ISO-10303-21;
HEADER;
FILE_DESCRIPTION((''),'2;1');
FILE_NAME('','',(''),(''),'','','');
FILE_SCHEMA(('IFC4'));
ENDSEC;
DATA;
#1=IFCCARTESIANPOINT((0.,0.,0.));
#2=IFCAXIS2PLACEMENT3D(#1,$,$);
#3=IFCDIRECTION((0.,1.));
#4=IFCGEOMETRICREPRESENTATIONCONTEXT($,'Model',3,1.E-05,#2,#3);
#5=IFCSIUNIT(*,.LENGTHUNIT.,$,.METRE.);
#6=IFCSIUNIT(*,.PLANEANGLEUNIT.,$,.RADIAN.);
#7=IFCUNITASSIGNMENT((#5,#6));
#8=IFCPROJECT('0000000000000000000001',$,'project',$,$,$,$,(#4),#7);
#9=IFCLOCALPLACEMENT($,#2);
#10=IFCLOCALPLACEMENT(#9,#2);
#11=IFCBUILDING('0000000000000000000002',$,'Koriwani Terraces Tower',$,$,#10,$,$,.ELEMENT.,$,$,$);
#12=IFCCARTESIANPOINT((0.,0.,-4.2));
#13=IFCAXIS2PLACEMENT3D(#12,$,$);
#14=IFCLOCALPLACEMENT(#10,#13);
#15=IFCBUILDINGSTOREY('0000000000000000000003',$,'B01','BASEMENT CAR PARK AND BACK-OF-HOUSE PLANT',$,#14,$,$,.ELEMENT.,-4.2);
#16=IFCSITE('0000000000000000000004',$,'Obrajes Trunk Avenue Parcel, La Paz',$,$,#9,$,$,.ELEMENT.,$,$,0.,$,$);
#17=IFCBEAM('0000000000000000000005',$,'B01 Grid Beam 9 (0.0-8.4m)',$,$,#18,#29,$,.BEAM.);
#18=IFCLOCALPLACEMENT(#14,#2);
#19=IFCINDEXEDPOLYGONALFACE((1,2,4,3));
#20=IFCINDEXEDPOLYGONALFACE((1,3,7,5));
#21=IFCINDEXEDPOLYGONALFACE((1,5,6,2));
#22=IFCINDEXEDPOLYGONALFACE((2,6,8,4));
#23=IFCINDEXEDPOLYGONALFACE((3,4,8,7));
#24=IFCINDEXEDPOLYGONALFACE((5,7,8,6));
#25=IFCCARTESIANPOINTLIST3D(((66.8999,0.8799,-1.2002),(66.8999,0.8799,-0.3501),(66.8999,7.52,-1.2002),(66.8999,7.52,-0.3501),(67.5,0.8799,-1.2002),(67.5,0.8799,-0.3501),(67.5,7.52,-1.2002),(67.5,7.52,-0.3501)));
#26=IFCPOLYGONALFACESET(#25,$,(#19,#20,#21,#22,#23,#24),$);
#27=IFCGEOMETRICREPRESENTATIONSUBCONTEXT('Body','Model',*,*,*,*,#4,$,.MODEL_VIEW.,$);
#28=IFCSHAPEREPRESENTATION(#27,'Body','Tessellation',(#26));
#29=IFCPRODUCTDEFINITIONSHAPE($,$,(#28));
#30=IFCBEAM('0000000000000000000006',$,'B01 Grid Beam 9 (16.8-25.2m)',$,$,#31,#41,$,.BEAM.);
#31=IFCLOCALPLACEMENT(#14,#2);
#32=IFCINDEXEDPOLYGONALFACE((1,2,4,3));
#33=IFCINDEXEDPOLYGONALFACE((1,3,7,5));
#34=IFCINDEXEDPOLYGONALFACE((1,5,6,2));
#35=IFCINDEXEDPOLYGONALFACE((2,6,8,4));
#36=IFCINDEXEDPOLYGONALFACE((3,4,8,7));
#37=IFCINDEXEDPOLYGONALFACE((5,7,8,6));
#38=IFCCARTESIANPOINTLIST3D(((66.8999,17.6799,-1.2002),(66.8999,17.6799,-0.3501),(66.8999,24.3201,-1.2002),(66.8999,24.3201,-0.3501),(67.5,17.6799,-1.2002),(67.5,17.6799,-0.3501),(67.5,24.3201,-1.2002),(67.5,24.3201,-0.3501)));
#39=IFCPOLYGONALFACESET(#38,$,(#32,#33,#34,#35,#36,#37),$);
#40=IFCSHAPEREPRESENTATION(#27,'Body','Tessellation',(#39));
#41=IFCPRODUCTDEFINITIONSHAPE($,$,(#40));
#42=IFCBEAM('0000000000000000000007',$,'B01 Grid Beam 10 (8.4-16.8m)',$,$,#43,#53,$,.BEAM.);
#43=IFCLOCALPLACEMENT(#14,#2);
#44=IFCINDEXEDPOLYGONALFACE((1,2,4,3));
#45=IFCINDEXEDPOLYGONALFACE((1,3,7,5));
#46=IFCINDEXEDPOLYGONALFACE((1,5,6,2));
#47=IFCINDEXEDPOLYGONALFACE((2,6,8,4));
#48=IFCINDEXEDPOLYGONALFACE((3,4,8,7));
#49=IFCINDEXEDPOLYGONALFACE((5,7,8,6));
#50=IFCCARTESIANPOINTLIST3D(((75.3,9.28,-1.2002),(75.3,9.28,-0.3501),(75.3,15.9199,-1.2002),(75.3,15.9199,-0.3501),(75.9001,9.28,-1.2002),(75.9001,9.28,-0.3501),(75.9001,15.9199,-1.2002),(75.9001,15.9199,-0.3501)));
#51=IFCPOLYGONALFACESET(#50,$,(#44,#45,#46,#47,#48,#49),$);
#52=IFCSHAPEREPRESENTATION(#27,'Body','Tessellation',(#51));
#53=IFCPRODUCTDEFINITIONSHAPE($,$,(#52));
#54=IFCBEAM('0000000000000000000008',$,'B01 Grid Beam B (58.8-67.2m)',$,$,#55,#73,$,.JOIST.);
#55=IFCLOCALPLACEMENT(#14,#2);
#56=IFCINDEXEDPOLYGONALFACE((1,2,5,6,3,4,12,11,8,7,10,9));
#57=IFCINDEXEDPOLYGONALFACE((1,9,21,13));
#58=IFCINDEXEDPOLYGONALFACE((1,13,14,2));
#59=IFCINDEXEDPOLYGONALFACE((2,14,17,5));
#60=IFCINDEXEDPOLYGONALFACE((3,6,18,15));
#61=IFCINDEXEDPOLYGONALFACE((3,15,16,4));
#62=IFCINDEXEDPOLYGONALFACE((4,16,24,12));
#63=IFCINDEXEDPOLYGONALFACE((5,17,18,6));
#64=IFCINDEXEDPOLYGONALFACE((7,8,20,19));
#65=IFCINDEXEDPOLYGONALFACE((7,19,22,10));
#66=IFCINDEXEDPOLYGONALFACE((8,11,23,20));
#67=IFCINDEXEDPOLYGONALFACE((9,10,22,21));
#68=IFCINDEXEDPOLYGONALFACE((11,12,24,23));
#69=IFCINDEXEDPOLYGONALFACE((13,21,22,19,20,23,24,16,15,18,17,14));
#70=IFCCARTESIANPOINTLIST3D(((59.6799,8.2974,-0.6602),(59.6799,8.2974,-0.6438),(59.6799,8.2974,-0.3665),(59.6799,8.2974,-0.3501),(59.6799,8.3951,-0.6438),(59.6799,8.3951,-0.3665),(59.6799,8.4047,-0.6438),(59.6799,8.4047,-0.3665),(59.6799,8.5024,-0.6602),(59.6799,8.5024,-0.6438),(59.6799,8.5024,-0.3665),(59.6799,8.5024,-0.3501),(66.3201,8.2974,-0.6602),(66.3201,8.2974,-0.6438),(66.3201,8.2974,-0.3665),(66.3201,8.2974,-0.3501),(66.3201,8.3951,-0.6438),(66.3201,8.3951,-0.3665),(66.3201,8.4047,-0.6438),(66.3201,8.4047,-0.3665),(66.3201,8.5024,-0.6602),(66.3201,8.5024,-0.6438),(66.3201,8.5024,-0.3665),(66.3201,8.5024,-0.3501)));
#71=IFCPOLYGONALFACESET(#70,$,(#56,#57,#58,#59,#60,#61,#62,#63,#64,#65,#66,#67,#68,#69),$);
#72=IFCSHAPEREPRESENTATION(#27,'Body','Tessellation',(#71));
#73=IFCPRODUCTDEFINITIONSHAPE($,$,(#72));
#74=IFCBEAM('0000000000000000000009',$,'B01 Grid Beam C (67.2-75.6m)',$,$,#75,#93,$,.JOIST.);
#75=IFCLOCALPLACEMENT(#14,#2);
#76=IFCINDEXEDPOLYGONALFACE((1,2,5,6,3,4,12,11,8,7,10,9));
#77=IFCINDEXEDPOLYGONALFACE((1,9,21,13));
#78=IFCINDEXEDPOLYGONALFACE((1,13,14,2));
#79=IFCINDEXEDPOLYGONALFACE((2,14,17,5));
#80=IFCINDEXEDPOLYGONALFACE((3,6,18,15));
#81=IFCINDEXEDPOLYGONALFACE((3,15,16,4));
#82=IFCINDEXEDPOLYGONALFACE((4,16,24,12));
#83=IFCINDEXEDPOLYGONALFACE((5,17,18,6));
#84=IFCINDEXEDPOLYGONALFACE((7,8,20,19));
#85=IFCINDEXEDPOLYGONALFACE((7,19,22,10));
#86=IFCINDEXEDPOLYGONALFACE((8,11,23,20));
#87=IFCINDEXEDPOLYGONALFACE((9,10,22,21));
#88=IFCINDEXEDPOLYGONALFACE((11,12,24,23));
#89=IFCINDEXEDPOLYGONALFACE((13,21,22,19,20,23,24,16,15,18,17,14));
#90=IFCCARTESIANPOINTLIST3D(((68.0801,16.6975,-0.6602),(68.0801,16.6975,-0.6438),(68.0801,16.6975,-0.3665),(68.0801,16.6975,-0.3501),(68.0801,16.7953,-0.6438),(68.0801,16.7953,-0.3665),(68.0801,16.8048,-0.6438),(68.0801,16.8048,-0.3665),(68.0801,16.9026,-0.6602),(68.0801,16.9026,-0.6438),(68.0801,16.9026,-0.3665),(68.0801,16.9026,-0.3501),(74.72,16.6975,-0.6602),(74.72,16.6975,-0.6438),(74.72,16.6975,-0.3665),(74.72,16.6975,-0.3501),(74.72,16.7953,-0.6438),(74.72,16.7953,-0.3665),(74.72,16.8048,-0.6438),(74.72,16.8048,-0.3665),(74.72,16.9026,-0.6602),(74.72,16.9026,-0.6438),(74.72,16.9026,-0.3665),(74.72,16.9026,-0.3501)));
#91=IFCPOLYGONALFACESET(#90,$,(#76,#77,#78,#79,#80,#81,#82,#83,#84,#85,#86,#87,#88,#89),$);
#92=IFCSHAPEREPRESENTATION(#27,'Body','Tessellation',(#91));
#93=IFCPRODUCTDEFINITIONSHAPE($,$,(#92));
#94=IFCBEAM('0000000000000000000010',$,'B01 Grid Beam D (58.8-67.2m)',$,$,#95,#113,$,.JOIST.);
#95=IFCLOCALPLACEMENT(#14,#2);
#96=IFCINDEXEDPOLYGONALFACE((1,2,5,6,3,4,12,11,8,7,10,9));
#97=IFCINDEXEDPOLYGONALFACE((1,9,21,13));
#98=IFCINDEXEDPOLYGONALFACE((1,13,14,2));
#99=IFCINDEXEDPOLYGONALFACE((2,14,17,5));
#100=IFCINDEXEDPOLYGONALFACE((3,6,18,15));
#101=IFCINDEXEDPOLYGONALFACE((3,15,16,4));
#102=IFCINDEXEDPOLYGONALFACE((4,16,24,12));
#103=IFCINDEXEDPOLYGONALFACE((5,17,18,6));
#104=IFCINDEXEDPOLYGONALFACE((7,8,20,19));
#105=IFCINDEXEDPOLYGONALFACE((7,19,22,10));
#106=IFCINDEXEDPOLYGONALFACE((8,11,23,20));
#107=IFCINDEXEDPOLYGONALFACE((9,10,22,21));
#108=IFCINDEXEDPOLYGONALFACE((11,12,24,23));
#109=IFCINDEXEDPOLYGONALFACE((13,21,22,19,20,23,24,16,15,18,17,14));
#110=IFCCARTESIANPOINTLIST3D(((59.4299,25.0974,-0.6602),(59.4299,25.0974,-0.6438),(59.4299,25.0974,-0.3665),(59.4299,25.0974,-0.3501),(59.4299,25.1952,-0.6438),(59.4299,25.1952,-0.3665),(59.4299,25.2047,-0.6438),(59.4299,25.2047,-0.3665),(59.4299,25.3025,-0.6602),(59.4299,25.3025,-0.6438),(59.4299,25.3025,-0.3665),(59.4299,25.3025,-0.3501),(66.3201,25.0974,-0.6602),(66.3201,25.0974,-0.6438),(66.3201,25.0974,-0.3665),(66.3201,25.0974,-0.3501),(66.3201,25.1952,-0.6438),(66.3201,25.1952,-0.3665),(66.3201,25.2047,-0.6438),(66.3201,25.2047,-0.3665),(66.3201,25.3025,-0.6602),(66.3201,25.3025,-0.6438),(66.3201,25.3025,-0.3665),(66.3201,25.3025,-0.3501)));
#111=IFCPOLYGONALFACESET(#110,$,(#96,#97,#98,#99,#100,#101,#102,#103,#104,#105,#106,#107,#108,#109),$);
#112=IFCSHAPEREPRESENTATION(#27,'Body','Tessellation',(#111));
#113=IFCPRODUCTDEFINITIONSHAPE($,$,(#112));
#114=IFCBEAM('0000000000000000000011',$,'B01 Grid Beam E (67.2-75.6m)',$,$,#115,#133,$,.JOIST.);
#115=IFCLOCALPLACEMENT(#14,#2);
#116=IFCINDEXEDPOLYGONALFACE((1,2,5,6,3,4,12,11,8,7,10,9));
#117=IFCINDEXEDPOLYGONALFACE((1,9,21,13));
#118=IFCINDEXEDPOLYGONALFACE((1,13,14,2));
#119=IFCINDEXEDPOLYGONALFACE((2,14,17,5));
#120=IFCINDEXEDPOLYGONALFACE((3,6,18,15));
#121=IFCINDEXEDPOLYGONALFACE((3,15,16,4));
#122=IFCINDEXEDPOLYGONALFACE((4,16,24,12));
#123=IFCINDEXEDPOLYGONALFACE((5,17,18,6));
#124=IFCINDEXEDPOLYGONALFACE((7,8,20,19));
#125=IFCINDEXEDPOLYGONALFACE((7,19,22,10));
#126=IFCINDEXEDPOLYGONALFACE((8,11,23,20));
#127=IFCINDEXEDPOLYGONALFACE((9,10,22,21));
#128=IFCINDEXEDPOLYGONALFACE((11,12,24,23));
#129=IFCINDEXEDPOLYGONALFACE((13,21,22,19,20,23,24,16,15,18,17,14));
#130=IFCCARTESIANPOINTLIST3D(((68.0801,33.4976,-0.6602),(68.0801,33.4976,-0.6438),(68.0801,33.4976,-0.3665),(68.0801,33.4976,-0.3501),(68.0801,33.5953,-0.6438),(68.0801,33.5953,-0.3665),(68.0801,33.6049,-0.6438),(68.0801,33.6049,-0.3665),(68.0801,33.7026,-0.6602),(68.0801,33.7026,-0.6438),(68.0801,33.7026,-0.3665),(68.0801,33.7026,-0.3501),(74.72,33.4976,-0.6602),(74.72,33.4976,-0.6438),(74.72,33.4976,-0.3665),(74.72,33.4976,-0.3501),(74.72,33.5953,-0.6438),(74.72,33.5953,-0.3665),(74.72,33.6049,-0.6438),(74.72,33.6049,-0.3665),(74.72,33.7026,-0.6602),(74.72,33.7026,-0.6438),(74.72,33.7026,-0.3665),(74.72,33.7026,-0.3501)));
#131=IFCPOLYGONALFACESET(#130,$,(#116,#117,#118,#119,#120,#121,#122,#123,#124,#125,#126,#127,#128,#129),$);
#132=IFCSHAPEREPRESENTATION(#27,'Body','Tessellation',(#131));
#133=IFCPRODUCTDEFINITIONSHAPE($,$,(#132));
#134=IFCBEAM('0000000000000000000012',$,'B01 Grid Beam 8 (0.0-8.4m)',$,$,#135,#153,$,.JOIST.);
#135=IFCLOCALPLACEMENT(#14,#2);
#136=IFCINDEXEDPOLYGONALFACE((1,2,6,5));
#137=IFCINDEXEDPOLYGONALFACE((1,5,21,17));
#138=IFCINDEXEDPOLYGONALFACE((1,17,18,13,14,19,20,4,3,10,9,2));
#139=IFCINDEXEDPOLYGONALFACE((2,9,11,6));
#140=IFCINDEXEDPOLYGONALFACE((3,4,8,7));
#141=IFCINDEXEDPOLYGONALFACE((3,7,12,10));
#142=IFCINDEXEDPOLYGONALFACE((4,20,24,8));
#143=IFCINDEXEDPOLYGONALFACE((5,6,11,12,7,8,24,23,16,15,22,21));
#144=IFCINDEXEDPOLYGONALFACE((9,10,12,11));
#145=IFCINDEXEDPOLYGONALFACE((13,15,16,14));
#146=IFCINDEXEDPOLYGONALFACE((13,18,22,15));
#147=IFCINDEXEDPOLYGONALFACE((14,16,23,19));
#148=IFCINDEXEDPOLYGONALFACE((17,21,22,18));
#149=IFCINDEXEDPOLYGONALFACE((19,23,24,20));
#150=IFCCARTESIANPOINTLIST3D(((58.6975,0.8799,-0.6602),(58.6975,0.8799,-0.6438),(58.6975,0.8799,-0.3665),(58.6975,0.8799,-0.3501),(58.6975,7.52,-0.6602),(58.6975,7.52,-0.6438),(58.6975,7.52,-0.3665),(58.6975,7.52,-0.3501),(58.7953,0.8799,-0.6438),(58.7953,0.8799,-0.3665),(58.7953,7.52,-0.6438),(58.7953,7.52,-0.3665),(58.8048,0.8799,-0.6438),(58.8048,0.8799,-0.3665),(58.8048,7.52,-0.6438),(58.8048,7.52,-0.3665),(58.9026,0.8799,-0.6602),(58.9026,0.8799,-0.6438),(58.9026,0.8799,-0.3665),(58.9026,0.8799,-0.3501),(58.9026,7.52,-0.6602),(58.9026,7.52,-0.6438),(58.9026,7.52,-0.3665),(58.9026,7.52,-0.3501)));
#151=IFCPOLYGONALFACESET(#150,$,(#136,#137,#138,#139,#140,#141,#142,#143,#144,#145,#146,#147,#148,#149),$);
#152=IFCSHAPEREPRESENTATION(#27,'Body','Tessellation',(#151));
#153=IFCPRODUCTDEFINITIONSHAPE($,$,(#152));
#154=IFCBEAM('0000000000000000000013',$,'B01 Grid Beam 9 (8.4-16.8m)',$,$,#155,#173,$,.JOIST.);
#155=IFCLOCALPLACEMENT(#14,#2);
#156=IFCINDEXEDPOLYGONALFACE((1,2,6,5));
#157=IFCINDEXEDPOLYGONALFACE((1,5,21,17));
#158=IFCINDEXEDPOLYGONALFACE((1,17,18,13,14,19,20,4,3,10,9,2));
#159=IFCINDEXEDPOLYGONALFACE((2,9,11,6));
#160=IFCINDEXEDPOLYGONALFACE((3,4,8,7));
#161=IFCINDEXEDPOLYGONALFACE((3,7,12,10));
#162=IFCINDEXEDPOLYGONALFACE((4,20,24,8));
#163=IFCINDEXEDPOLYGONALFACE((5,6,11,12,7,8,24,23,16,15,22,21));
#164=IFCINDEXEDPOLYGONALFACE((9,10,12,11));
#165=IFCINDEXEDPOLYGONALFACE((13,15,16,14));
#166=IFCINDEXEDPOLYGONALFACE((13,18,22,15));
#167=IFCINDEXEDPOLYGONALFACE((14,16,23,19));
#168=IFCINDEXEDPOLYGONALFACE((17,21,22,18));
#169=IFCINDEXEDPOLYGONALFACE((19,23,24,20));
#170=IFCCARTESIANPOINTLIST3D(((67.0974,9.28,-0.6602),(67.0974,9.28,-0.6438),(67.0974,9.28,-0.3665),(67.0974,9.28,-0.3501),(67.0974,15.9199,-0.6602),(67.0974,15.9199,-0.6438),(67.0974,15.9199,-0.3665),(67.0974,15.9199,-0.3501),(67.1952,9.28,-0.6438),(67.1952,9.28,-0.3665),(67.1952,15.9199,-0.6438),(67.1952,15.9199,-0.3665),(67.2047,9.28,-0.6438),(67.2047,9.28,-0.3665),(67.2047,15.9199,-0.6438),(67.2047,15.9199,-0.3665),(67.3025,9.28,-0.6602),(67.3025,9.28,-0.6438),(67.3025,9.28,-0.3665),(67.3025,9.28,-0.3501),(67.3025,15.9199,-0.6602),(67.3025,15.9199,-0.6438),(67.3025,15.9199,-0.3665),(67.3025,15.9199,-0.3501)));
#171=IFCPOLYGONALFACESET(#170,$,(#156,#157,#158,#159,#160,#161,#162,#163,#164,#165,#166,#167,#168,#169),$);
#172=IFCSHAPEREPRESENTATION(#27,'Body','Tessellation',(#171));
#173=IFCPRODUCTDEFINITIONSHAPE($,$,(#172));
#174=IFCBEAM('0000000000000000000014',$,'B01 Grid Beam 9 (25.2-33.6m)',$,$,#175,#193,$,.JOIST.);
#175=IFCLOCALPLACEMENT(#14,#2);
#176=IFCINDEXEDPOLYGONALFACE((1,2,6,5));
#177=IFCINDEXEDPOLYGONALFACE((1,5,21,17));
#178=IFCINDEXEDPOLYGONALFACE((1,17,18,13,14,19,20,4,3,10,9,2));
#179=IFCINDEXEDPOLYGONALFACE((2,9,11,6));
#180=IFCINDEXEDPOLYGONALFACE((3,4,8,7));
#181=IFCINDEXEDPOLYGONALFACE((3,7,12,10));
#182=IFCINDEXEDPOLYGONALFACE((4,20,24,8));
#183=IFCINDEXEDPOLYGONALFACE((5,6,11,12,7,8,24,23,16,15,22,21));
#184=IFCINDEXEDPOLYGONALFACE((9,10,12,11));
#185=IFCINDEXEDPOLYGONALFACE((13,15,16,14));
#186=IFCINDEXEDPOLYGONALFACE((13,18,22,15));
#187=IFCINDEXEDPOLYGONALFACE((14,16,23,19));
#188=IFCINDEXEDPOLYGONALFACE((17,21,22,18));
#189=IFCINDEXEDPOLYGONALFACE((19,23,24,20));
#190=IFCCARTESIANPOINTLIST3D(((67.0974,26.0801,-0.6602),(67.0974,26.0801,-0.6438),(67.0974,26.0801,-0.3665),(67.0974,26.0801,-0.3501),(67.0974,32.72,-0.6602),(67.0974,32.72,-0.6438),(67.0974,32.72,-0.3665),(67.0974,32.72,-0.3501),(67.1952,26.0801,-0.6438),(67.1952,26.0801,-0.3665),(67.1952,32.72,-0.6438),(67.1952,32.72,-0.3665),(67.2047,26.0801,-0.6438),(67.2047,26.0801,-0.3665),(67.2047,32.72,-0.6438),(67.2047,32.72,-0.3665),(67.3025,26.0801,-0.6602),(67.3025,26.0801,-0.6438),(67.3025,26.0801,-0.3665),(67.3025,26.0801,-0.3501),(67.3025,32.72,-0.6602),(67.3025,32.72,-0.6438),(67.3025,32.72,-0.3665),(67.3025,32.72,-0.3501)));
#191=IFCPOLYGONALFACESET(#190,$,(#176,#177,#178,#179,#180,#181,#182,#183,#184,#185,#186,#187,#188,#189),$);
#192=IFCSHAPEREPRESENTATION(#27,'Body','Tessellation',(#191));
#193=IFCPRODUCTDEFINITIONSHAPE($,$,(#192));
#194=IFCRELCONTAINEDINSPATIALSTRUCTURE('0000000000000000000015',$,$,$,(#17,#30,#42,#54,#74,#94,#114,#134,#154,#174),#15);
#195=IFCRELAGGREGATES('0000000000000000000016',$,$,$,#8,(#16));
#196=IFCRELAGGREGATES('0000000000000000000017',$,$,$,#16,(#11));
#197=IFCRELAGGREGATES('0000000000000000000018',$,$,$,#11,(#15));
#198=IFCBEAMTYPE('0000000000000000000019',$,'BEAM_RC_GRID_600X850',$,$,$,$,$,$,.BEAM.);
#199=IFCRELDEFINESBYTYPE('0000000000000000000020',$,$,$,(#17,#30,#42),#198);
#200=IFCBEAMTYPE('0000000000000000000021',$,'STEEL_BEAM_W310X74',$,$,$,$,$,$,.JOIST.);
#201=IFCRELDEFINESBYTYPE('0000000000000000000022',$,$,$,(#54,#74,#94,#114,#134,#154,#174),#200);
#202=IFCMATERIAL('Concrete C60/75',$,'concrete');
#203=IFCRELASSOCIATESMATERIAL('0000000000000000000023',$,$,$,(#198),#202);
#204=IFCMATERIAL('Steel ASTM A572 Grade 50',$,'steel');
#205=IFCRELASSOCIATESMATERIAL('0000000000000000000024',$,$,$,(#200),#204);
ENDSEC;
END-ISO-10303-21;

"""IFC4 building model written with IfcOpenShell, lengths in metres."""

from ifc_helpers import new_model, si_unit, direction, frame, origin, origin_2d, place, context, subcontext, project, spatial, rectangle, i_section, extrude, material, material_profile, profile_set, type_object, element, save


model = new_model("IFC4")

# Units and contexts
model_context = context("Model", 3, precision=1e-05, world=origin(), true_north=direction((0.0, 1.0)))
body_context = subcontext(model_context, "Body", "Model", "MODEL_VIEW")
ifc_project = project(units=[si_unit("LENGTHUNIT", "METRE"), si_unit("PLANEANGLEUNIT", "RADIAN")], contexts=[model_context])

# Site, building, storey
site_placement = place(None, origin())
site = spatial("IfcSite", under=ifc_project, at=site_placement, Name="Obrajes Trunk Avenue Parcel, La Paz", CompositionType="ELEMENT", RefElevation=0.0)
building_placement = place(site_placement, origin())
building = spatial("IfcBuilding", under=site, at=building_placement, Name="Koriwani Terraces Tower", CompositionType="ELEMENT")
storey_placement = place(building_placement, frame((0.0, 0.0, -4.2)))
storey = spatial("IfcBuildingStorey", under=building, at=storey_placement, Name="B01", Description="BASEMENT CAR PARK AND BACK-OF-HOUSE PLANT", CompositionType="ELEMENT", Elevation=-4.2)

# Shared definitions
ifc_material_1 = material(Name="Concrete C60/75", Category="concrete")

# Beams
ifc_material_profile_1 = material_profile(ifc_material_1, rectangle(XDim=0.6001, YDim=0.8501, at=origin_2d()), Name="Concrete C60/75", Category="LoadBearing")
ifc_profile_set_1 = profile_set([ifc_material_profile_1], Name="Concrete C60/75")
beam_type_1 = type_object("IfcBeamType", Name="BEAM_RC_GRID_600X850", PredefinedType="BEAM", material=ifc_profile_set_1)
for number, where, z_axis, x_axis, name in (
    (1, (67.2, 0.8799, -0.7751), (0.0, 1.0, 0.0), (-1.0, 0.0, 0.0), "B01 Grid Beam 9 (0.0-8.4m)"),
    (2, (67.2, 17.6799, -0.7751), (0.0, 1.0, 0.0), (-1.0, 0.0, 0.0), "B01 Grid Beam 9 (16.8-25.2m)"),
):
    element("IfcBeam", number, at=place(storey_placement, frame(where, z_axis=z_axis, x_axis=x_axis)), inside=storey, type_object=beam_type_1, Name=name, PredefinedType="BEAM", context=body_context, shape_type="SweptSolid", body=[
        extrude(rectangle(XDim=0.6001, YDim=0.8501, at=origin_2d()), origin(), (0.0, 0.0, 1.0), 6.6401),
    ])
beam_1_placement = place(storey_placement, frame((75.6001, 9.28, -0.7751), z_axis=(0.0, 1.0, 0.0), x_axis=(-1.0, 0.0, 0.0)))
element("IfcBeam", 3, at=beam_1_placement, inside=storey, type_object=beam_type_1, Name="B01 Grid Beam 10 (8.4-16.8m)", PredefinedType="BEAM", context=body_context, shape_type="SweptSolid", body=[
    extrude(rectangle(XDim=0.6001, YDim=0.8501, at=origin_2d()), origin(), (0.0, 0.0, 1.0), 6.6399),
])
ifc_material_2 = material(Name="Steel ASTM A572 Grade 50", Category="steel")
ifc_material_profile_2 = material_profile(ifc_material_2, i_section(OverallWidth=0.2051, OverallDepth=0.3101, WebThickness=0.0095, FlangeThickness=0.0164, at=origin_2d()), Name="Steel ASTM A572 Grade 50", Category="LoadBearing")
ifc_profile_set_2 = profile_set([ifc_material_profile_2], Name="Steel ASTM A572 Grade 50")
beam_type_2 = type_object("IfcBeamType", Name="STEEL_BEAM_W310X74", PredefinedType="JOIST", material=ifc_profile_set_2)
beam_2_placement = place(storey_placement, frame((59.6799, 8.3999, -0.5051), z_axis=(1.0, 0.0, 0.0), x_axis=(0.0, 1.0, 0.0)))
element("IfcBeam", 4, at=beam_2_placement, inside=storey, type_object=beam_type_2, Name="B01 Grid Beam B (58.8-67.2m)", PredefinedType="JOIST", context=body_context, shape_type="SweptSolid", body=[
    extrude(i_section(OverallWidth=0.2051, OverallDepth=0.3101, WebThickness=0.0095, FlangeThickness=0.0164, at=origin_2d()), origin(), (0.0, 0.0, 1.0), 6.6401),
])
beam_3_placement = place(storey_placement, frame((68.0801, 16.8, -0.5051), z_axis=(1.0, 0.0, 0.0), x_axis=(0.0, 1.0, 0.0)))
element("IfcBeam", 5, at=beam_3_placement, inside=storey, type_object=beam_type_2, Name="B01 Grid Beam C (67.2-75.6m)", PredefinedType="JOIST", context=body_context, shape_type="SweptSolid", body=[
    extrude(i_section(OverallWidth=0.2051, OverallDepth=0.3101, WebThickness=0.0095, FlangeThickness=0.0164, at=origin_2d()), origin(), (0.0, 0.0, 1.0), 6.6399),
])
beam_4_placement = place(storey_placement, frame((59.4299, 25.2, -0.5051), z_axis=(1.0, 0.0, 0.0), x_axis=(0.0, 1.0, 0.0)))
element("IfcBeam", 6, at=beam_4_placement, inside=storey, type_object=beam_type_2, Name="B01 Grid Beam D (58.8-67.2m)", PredefinedType="JOIST", context=body_context, shape_type="SweptSolid", body=[
    extrude(i_section(OverallWidth=0.2051, OverallDepth=0.3101, WebThickness=0.0095, FlangeThickness=0.0164, at=origin_2d()), origin(), (0.0, 0.0, 1.0), 6.8901),
])
beam_5_placement = place(storey_placement, frame((68.0801, 33.6001, -0.5051), z_axis=(1.0, 0.0, 0.0), x_axis=(0.0, 1.0, 0.0)))
element("IfcBeam", 7, at=beam_5_placement, inside=storey, type_object=beam_type_2, Name="B01 Grid Beam E (67.2-75.6m)", PredefinedType="JOIST", context=body_context, shape_type="SweptSolid", body=[
    extrude(i_section(OverallWidth=0.2051, OverallDepth=0.3101, WebThickness=0.0095, FlangeThickness=0.0164, at=origin_2d()), origin(), (0.0, 0.0, 1.0), 6.6399),
])
beam_6_placement = place(storey_placement, frame((58.8, 0.8799, -0.5051), z_axis=(0.0, 1.0, 0.0), x_axis=(-1.0, 0.0, 0.0)))
element("IfcBeam", 8, at=beam_6_placement, inside=storey, type_object=beam_type_2, Name="B01 Grid Beam 8 (0.0-8.4m)", PredefinedType="JOIST", context=body_context, shape_type="SweptSolid", body=[
    extrude(i_section(OverallWidth=0.2051, OverallDepth=0.3101, WebThickness=0.0095, FlangeThickness=0.0164, at=origin_2d()), origin(), (0.0, 0.0, 1.0), 6.6401),
])
for number, where, z_axis, x_axis, name in (
    (9, (67.2, 9.28, -0.5051), (0.0, 1.0, 0.0), (-1.0, 0.0, 0.0), "B01 Grid Beam 9 (8.4-16.8m)"),
    (10, (67.2, 26.0801, -0.5051), (0.0, 1.0, 0.0), (-1.0, 0.0, 0.0), "B01 Grid Beam 9 (25.2-33.6m)"),
):
    element("IfcBeam", number, at=place(storey_placement, frame(where, z_axis=z_axis, x_axis=x_axis)), inside=storey, type_object=beam_type_2, Name=name, PredefinedType="JOIST", context=body_context, shape_type="SweptSolid", body=[
        extrude(i_section(OverallWidth=0.2051, OverallDepth=0.3101, WebThickness=0.0095, FlangeThickness=0.0164, at=origin_2d()), origin(), (0.0, 0.0, 1.0), 6.6399),
    ])

save(model, "model.ifc")
